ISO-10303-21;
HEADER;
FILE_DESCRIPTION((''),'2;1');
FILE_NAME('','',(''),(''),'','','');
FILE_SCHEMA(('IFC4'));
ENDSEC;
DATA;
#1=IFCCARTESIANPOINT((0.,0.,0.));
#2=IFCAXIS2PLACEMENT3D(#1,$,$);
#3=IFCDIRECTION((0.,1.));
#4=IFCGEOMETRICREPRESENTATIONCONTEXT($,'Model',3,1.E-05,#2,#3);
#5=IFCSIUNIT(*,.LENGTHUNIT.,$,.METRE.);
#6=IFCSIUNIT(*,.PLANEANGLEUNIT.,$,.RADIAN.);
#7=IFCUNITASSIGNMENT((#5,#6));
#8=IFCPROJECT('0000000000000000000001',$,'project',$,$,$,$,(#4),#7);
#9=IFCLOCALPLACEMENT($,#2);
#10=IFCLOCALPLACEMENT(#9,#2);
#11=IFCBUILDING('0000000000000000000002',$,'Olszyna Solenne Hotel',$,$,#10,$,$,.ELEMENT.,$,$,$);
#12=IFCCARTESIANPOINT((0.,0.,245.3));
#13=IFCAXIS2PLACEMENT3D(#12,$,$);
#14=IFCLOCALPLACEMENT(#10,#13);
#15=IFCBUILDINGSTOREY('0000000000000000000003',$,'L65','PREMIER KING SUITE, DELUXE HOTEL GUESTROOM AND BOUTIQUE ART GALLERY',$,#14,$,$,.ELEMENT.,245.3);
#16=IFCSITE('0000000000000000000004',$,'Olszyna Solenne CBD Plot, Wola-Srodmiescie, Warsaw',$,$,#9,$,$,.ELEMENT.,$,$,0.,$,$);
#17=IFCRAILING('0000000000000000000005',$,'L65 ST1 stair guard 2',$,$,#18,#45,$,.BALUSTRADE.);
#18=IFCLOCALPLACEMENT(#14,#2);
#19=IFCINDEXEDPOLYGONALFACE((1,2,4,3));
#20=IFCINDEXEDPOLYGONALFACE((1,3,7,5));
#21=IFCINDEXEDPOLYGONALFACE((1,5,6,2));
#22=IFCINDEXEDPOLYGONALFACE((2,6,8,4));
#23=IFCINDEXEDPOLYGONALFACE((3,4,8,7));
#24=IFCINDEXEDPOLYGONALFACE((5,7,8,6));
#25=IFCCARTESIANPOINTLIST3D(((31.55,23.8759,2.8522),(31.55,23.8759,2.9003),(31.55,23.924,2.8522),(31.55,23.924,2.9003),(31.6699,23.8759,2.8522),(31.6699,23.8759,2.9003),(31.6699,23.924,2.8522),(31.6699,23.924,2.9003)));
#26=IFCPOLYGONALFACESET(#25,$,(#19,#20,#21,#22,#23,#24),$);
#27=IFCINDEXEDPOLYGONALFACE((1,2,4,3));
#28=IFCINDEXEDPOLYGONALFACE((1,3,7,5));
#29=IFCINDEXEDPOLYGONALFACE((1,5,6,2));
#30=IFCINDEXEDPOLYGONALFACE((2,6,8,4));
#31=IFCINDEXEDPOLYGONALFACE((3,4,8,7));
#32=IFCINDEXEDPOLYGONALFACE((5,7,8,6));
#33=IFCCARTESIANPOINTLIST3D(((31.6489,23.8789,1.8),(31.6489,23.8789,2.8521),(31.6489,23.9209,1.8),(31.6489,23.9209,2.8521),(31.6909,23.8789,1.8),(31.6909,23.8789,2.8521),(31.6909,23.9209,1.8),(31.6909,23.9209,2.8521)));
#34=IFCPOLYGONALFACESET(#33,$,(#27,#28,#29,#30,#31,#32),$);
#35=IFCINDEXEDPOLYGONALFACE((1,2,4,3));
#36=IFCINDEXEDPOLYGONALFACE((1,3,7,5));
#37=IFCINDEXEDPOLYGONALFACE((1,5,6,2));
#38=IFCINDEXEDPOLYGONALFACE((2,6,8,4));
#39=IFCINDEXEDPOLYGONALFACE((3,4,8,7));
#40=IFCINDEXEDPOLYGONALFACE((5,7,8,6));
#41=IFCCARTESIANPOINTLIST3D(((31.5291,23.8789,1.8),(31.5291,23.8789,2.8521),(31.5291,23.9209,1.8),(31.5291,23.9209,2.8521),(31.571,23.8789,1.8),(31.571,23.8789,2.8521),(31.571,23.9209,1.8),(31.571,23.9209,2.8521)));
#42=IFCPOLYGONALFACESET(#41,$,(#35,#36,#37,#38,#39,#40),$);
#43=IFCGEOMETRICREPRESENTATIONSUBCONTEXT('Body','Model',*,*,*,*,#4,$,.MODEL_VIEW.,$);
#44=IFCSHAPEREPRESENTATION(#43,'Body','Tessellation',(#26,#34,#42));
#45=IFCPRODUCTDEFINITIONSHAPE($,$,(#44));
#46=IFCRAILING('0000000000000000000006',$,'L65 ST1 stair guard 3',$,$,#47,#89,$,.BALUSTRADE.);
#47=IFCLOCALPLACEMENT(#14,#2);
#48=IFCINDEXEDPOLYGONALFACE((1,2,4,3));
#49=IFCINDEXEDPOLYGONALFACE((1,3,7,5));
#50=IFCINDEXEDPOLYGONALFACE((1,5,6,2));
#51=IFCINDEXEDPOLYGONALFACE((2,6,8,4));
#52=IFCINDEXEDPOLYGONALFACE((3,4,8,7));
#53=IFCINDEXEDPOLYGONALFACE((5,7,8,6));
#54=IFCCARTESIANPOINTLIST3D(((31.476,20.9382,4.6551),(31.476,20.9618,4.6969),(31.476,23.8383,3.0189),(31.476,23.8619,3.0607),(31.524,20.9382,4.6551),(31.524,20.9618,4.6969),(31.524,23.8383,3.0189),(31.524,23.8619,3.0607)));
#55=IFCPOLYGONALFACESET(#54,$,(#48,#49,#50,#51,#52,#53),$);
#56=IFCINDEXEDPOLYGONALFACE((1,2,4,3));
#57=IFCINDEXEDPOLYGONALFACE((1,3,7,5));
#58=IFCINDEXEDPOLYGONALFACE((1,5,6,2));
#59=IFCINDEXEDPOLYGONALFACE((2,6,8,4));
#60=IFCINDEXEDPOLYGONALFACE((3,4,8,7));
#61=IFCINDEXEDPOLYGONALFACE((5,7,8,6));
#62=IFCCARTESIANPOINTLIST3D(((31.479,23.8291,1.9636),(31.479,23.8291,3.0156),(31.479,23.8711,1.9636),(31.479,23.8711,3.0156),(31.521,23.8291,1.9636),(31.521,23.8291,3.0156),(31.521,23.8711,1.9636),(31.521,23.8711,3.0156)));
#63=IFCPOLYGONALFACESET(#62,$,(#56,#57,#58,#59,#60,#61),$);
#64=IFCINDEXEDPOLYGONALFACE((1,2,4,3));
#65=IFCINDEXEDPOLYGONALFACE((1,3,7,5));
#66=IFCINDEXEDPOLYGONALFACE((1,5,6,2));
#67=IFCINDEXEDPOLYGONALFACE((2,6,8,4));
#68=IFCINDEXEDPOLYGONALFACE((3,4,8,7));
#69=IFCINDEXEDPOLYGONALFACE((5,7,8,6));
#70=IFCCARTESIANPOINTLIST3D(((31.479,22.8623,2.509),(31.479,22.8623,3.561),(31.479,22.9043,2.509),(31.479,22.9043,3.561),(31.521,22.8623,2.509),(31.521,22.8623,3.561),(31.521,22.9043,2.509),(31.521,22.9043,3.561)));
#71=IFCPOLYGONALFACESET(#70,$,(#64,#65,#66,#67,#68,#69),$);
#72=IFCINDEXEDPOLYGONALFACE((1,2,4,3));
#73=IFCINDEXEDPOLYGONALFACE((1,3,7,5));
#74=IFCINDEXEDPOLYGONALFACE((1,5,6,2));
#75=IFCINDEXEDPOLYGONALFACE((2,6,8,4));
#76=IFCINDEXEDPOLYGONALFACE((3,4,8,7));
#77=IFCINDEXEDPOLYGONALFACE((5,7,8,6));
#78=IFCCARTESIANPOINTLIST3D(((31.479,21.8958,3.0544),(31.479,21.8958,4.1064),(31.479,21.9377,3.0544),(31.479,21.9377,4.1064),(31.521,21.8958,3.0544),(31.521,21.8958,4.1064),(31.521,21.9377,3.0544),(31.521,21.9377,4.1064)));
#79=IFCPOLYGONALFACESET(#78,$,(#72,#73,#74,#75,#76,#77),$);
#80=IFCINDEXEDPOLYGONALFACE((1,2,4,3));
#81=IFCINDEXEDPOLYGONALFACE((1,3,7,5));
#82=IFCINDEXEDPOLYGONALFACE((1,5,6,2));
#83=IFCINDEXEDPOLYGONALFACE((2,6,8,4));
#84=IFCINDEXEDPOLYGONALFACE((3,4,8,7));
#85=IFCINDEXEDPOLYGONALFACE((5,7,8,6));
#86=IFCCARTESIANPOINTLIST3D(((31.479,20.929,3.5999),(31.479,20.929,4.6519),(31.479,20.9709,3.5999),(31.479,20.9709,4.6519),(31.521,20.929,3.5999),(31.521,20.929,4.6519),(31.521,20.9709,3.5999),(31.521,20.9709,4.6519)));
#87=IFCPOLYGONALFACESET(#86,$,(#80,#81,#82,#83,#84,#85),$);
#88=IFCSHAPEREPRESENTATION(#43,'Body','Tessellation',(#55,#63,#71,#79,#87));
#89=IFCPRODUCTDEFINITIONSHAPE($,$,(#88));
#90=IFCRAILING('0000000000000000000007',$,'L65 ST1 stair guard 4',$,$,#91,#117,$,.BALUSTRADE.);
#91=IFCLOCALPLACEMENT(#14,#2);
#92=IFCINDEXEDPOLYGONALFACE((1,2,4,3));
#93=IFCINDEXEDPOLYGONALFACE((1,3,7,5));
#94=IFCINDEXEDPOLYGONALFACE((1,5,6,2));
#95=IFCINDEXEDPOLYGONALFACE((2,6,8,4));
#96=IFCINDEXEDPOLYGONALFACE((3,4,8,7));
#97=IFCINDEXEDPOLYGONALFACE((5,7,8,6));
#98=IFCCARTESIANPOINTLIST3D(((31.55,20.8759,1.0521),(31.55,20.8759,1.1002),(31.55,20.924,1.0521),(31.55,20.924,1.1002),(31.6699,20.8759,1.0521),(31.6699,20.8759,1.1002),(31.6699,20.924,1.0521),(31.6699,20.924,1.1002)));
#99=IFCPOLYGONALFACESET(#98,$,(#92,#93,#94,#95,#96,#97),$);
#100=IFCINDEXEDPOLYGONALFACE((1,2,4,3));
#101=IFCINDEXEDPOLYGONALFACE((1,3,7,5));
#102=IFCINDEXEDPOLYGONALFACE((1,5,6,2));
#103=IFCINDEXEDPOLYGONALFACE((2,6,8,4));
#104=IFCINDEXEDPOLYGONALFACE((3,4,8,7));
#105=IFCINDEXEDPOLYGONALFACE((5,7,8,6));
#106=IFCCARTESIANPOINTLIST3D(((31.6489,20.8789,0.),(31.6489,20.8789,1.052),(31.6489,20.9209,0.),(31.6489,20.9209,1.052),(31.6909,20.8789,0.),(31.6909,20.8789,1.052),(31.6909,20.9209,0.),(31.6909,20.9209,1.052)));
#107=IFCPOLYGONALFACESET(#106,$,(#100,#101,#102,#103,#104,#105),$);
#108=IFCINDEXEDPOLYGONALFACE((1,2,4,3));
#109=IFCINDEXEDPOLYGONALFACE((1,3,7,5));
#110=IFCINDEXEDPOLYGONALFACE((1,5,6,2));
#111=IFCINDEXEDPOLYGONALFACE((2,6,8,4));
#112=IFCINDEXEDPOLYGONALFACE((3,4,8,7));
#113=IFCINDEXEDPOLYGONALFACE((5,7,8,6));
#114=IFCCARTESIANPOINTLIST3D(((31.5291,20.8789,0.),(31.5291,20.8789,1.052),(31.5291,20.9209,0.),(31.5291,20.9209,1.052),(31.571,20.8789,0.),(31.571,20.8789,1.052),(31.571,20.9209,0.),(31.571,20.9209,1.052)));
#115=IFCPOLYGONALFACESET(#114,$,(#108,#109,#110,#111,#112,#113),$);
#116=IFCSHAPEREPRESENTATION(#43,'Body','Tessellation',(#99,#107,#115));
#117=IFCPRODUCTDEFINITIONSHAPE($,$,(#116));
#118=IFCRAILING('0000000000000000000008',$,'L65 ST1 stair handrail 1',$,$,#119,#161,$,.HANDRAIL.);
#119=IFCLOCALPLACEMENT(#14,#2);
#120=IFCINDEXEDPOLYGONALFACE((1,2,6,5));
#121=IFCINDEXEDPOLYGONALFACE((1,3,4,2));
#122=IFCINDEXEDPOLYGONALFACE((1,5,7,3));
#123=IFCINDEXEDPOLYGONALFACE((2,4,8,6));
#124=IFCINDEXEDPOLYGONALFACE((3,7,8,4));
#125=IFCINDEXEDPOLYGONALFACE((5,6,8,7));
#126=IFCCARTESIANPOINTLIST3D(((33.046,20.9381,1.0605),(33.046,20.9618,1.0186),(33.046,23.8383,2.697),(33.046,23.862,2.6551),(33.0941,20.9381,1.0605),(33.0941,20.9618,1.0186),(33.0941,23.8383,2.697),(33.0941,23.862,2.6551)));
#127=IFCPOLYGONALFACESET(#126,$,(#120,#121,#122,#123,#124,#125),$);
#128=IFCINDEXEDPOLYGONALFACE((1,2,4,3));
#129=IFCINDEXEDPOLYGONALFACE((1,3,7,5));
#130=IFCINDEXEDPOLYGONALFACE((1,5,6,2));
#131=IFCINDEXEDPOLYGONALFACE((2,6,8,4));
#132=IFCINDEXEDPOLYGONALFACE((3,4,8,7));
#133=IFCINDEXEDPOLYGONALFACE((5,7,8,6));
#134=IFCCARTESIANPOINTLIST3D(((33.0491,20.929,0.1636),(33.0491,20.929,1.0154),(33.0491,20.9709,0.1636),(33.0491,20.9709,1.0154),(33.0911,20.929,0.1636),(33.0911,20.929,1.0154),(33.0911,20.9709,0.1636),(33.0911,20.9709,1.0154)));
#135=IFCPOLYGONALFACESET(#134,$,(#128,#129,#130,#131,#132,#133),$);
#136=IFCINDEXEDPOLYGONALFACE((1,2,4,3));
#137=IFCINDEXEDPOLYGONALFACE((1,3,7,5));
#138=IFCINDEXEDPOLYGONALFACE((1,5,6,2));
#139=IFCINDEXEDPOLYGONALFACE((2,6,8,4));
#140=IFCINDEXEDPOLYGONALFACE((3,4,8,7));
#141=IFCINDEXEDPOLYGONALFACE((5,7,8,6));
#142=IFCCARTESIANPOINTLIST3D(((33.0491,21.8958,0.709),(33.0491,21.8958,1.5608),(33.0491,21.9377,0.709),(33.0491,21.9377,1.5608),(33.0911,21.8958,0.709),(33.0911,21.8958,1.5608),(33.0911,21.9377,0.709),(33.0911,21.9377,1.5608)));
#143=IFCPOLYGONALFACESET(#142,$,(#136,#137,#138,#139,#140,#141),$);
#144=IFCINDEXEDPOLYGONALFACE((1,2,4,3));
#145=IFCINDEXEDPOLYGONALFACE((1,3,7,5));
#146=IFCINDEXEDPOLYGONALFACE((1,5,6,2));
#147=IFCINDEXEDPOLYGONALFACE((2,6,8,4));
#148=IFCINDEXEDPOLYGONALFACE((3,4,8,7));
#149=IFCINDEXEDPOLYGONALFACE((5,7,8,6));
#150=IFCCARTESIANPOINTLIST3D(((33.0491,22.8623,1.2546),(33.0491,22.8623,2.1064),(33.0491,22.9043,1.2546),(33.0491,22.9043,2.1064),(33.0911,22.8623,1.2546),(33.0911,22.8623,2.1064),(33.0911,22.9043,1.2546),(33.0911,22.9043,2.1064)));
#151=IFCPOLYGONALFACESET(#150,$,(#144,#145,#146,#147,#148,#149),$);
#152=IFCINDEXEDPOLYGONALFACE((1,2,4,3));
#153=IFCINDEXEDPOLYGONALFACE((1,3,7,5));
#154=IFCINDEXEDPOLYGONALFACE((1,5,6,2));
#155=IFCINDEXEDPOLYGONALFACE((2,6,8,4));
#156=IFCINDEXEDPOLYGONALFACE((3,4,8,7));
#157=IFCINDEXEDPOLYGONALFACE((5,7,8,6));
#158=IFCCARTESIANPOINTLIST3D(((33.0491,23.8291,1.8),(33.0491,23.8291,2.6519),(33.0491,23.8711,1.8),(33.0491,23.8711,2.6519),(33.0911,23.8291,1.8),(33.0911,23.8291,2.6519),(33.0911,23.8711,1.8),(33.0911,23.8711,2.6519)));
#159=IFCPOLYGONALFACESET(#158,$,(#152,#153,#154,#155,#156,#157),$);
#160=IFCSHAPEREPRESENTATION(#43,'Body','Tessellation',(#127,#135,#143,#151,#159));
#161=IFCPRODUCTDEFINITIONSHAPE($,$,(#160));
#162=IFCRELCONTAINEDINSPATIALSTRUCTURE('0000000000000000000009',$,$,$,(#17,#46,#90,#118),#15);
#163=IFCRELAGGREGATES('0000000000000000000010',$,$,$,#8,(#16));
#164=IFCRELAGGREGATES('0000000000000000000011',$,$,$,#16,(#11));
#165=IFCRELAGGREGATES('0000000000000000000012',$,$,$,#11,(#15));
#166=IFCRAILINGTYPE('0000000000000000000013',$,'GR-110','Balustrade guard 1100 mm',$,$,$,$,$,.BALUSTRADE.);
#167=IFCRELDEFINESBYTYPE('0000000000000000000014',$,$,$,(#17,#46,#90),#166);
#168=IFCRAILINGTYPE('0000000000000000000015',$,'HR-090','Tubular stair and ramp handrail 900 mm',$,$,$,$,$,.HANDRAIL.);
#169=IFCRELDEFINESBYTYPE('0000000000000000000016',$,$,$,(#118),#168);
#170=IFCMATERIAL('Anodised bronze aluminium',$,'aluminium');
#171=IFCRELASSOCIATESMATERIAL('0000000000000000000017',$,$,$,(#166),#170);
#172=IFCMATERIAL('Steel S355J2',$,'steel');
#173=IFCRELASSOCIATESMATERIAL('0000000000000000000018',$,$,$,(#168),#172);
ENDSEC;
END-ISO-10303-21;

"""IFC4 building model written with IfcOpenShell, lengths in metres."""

from ifc_helpers import new_model, si_unit, direction, frame, origin, origin_2d, place, context, subcontext, project, spatial, rectangle, extrude, material, type_object, element, save


model = new_model("IFC4")

# Units and contexts
model_context = context("Model", 3, precision=1e-05, world=origin(), true_north=direction((0.0, 1.0)))
body_context = subcontext(model_context, "Body", "Model", "MODEL_VIEW")
ifc_project = project(units=[si_unit("LENGTHUNIT", "METRE"), si_unit("PLANEANGLEUNIT", "RADIAN")], contexts=[model_context])

# Site, building, storey
site_placement = place(None, origin())
site = spatial("IfcSite", under=ifc_project, at=site_placement, Name="Olszyna Solenne CBD Plot, Wola-Srodmiescie, Warsaw", CompositionType="ELEMENT", RefElevation=0.0)
building_placement = place(site_placement, origin())
building = spatial("IfcBuilding", under=site, at=building_placement, Name="Olszyna Solenne Hotel", CompositionType="ELEMENT")
storey_placement = place(building_placement, frame((0.0, 0.0, 245.3)))
storey = spatial("IfcBuildingStorey", under=building, at=storey_placement, Name="L65", Description="PREMIER KING SUITE, DELUXE HOTEL GUESTROOM AND BOUTIQUE ART GALLERY", CompositionType="ELEMENT", Elevation=245.3)

# Shared definitions
ifc_material_1 = material(Name="Steel S355J2", Category="steel")

# Shared definitions
ifc_material_2 = material(Name="Anodised bronze aluminium", Category="aluminium")

# Railings
railing_type_1 = type_object("IfcRailingType", Name="GR-110", Description="Balustrade guard 1100 mm", PredefinedType="BALUSTRADE", material=ifc_material_2)
railing_1_placement = place(storey_placement, frame((31.6699, 23.8999, 1.8)))
element("IfcRailing", 1, at=railing_1_placement, inside=storey, type_object=railing_type_1, Name="L65 ST1 stair guard 2", PredefinedType="BALUSTRADE", context=body_context, shape_type="SweptSolid", body=[
    extrude(rectangle(XDim=0.0481, YDim=0.0481, at=origin_2d()), frame((0.0, 0.0, 1.0762), z_axis=(-1.0, 0.0, 0.0), x_axis=(0.0, -1.0, 0.0)), (0.0, 0.0, 1.0), 0.1199),
    extrude(rectangle(XDim=0.042, YDim=0.042, at=origin_2d()), origin(), (0.0, 0.0, 1.0), 1.052),
    extrude(rectangle(XDim=0.042, YDim=0.042, at=origin_2d()), frame((-0.1199, 0.0, 0.0)), (0.0, 0.0, 1.0), 1.052),
])
railing_2_placement = place(storey_placement, frame((31.5, 23.8501, 1.9636)))
element("IfcRailing", 2, at=railing_2_placement, inside=storey, type_object=railing_type_1, Name="L65 ST1 stair guard 3", PredefinedType="BALUSTRADE", context=body_context, shape_type="SweptSolid", body=[
    extrude(rectangle(XDim=0.0481, YDim=0.0481, at=origin_2d()), frame((0.0, 0.0, 1.0762), z_axis=(0.0, -0.870946, 0.491378), x_axis=(1.0, 0.0, 0.0)), (0.0, 0.0, 1.0), 3.3298),
    extrude(rectangle(XDim=0.042, YDim=0.042, at=origin_2d()), origin(), (0.0, 0.0, 1.0), 1.052),
    extrude(rectangle(XDim=0.042, YDim=0.042, at=origin_2d()), frame((0.0, -0.9668, 0.5454)), (0.0, 0.0, 1.0), 1.052),
    extrude(rectangle(XDim=0.042, YDim=0.042, at=origin_2d()), frame((0.0, -1.9333, 1.0908)), (0.0, 0.0, 1.0), 1.052),
    extrude(rectangle(XDim=0.042, YDim=0.042, at=origin_2d()), frame((0.0, -2.9001, 1.6362)), (0.0, 0.0, 1.0), 1.052),
])
railing_3_placement = place(storey_placement, frame((31.6699, 20.8999, 0.0)))
element("IfcRailing", 3, at=railing_3_placement, inside=storey, type_object=railing_type_1, Name="L65 ST1 stair guard 4", PredefinedType="BALUSTRADE", context=body_context, shape_type="SweptSolid", body=[
    extrude(rectangle(XDim=0.0481, YDim=0.0481, at=origin_2d()), frame((0.0, 0.0, 1.0762), z_axis=(-1.0, 0.0, 0.0), x_axis=(0.0, -1.0, 0.0)), (0.0, 0.0, 1.0), 0.1199),
    extrude(rectangle(XDim=0.042, YDim=0.042, at=origin_2d()), origin(), (0.0, 0.0, 1.0), 1.052),
    extrude(rectangle(XDim=0.042, YDim=0.042, at=origin_2d()), frame((-0.1199, 0.0, 0.0)), (0.0, 0.0, 1.0), 1.052),
])
railing_type_2 = type_object("IfcRailingType", Name="HR-090", Description="Tubular stair and ramp handrail 900 mm", PredefinedType="HANDRAIL", material=ifc_material_1)
railing_4_placement = place(storey_placement, frame((33.0701, 20.95, 0.1636)))
element("IfcRailing", 4, at=railing_4_placement, inside=storey, type_object=railing_type_2, Name="L65 ST1 stair handrail 1", PredefinedType="HANDRAIL", context=body_context, shape_type="SweptSolid", body=[
    extrude(rectangle(XDim=0.0481, YDim=0.0481, at=origin_2d()), frame((0.0, 0.0, 0.876), z_axis=(0.0, 0.870915, 0.491434), x_axis=(-1.0, 0.0, 0.0)), (0.0, 0.0, 1.0), 3.3301),
    extrude(rectangle(XDim=0.042, YDim=0.042, at=origin_2d()), origin(), (0.0, 0.0, 1.0), 0.8518),
    extrude(rectangle(XDim=0.042, YDim=0.042, at=origin_2d()), frame((0.0, 0.9668, 0.5454)), (0.0, 0.0, 1.0), 0.8518),
    extrude(rectangle(XDim=0.042, YDim=0.042, at=origin_2d()), frame((0.0, 1.9333, 1.0911)), (0.0, 0.0, 1.0), 0.8518),
    extrude(rectangle(XDim=0.042, YDim=0.042, at=origin_2d()), frame((0.0, 2.9001, 1.6365)), (0.0, 0.0, 1.0), 0.8518),
])

save(model, "model.ifc")
